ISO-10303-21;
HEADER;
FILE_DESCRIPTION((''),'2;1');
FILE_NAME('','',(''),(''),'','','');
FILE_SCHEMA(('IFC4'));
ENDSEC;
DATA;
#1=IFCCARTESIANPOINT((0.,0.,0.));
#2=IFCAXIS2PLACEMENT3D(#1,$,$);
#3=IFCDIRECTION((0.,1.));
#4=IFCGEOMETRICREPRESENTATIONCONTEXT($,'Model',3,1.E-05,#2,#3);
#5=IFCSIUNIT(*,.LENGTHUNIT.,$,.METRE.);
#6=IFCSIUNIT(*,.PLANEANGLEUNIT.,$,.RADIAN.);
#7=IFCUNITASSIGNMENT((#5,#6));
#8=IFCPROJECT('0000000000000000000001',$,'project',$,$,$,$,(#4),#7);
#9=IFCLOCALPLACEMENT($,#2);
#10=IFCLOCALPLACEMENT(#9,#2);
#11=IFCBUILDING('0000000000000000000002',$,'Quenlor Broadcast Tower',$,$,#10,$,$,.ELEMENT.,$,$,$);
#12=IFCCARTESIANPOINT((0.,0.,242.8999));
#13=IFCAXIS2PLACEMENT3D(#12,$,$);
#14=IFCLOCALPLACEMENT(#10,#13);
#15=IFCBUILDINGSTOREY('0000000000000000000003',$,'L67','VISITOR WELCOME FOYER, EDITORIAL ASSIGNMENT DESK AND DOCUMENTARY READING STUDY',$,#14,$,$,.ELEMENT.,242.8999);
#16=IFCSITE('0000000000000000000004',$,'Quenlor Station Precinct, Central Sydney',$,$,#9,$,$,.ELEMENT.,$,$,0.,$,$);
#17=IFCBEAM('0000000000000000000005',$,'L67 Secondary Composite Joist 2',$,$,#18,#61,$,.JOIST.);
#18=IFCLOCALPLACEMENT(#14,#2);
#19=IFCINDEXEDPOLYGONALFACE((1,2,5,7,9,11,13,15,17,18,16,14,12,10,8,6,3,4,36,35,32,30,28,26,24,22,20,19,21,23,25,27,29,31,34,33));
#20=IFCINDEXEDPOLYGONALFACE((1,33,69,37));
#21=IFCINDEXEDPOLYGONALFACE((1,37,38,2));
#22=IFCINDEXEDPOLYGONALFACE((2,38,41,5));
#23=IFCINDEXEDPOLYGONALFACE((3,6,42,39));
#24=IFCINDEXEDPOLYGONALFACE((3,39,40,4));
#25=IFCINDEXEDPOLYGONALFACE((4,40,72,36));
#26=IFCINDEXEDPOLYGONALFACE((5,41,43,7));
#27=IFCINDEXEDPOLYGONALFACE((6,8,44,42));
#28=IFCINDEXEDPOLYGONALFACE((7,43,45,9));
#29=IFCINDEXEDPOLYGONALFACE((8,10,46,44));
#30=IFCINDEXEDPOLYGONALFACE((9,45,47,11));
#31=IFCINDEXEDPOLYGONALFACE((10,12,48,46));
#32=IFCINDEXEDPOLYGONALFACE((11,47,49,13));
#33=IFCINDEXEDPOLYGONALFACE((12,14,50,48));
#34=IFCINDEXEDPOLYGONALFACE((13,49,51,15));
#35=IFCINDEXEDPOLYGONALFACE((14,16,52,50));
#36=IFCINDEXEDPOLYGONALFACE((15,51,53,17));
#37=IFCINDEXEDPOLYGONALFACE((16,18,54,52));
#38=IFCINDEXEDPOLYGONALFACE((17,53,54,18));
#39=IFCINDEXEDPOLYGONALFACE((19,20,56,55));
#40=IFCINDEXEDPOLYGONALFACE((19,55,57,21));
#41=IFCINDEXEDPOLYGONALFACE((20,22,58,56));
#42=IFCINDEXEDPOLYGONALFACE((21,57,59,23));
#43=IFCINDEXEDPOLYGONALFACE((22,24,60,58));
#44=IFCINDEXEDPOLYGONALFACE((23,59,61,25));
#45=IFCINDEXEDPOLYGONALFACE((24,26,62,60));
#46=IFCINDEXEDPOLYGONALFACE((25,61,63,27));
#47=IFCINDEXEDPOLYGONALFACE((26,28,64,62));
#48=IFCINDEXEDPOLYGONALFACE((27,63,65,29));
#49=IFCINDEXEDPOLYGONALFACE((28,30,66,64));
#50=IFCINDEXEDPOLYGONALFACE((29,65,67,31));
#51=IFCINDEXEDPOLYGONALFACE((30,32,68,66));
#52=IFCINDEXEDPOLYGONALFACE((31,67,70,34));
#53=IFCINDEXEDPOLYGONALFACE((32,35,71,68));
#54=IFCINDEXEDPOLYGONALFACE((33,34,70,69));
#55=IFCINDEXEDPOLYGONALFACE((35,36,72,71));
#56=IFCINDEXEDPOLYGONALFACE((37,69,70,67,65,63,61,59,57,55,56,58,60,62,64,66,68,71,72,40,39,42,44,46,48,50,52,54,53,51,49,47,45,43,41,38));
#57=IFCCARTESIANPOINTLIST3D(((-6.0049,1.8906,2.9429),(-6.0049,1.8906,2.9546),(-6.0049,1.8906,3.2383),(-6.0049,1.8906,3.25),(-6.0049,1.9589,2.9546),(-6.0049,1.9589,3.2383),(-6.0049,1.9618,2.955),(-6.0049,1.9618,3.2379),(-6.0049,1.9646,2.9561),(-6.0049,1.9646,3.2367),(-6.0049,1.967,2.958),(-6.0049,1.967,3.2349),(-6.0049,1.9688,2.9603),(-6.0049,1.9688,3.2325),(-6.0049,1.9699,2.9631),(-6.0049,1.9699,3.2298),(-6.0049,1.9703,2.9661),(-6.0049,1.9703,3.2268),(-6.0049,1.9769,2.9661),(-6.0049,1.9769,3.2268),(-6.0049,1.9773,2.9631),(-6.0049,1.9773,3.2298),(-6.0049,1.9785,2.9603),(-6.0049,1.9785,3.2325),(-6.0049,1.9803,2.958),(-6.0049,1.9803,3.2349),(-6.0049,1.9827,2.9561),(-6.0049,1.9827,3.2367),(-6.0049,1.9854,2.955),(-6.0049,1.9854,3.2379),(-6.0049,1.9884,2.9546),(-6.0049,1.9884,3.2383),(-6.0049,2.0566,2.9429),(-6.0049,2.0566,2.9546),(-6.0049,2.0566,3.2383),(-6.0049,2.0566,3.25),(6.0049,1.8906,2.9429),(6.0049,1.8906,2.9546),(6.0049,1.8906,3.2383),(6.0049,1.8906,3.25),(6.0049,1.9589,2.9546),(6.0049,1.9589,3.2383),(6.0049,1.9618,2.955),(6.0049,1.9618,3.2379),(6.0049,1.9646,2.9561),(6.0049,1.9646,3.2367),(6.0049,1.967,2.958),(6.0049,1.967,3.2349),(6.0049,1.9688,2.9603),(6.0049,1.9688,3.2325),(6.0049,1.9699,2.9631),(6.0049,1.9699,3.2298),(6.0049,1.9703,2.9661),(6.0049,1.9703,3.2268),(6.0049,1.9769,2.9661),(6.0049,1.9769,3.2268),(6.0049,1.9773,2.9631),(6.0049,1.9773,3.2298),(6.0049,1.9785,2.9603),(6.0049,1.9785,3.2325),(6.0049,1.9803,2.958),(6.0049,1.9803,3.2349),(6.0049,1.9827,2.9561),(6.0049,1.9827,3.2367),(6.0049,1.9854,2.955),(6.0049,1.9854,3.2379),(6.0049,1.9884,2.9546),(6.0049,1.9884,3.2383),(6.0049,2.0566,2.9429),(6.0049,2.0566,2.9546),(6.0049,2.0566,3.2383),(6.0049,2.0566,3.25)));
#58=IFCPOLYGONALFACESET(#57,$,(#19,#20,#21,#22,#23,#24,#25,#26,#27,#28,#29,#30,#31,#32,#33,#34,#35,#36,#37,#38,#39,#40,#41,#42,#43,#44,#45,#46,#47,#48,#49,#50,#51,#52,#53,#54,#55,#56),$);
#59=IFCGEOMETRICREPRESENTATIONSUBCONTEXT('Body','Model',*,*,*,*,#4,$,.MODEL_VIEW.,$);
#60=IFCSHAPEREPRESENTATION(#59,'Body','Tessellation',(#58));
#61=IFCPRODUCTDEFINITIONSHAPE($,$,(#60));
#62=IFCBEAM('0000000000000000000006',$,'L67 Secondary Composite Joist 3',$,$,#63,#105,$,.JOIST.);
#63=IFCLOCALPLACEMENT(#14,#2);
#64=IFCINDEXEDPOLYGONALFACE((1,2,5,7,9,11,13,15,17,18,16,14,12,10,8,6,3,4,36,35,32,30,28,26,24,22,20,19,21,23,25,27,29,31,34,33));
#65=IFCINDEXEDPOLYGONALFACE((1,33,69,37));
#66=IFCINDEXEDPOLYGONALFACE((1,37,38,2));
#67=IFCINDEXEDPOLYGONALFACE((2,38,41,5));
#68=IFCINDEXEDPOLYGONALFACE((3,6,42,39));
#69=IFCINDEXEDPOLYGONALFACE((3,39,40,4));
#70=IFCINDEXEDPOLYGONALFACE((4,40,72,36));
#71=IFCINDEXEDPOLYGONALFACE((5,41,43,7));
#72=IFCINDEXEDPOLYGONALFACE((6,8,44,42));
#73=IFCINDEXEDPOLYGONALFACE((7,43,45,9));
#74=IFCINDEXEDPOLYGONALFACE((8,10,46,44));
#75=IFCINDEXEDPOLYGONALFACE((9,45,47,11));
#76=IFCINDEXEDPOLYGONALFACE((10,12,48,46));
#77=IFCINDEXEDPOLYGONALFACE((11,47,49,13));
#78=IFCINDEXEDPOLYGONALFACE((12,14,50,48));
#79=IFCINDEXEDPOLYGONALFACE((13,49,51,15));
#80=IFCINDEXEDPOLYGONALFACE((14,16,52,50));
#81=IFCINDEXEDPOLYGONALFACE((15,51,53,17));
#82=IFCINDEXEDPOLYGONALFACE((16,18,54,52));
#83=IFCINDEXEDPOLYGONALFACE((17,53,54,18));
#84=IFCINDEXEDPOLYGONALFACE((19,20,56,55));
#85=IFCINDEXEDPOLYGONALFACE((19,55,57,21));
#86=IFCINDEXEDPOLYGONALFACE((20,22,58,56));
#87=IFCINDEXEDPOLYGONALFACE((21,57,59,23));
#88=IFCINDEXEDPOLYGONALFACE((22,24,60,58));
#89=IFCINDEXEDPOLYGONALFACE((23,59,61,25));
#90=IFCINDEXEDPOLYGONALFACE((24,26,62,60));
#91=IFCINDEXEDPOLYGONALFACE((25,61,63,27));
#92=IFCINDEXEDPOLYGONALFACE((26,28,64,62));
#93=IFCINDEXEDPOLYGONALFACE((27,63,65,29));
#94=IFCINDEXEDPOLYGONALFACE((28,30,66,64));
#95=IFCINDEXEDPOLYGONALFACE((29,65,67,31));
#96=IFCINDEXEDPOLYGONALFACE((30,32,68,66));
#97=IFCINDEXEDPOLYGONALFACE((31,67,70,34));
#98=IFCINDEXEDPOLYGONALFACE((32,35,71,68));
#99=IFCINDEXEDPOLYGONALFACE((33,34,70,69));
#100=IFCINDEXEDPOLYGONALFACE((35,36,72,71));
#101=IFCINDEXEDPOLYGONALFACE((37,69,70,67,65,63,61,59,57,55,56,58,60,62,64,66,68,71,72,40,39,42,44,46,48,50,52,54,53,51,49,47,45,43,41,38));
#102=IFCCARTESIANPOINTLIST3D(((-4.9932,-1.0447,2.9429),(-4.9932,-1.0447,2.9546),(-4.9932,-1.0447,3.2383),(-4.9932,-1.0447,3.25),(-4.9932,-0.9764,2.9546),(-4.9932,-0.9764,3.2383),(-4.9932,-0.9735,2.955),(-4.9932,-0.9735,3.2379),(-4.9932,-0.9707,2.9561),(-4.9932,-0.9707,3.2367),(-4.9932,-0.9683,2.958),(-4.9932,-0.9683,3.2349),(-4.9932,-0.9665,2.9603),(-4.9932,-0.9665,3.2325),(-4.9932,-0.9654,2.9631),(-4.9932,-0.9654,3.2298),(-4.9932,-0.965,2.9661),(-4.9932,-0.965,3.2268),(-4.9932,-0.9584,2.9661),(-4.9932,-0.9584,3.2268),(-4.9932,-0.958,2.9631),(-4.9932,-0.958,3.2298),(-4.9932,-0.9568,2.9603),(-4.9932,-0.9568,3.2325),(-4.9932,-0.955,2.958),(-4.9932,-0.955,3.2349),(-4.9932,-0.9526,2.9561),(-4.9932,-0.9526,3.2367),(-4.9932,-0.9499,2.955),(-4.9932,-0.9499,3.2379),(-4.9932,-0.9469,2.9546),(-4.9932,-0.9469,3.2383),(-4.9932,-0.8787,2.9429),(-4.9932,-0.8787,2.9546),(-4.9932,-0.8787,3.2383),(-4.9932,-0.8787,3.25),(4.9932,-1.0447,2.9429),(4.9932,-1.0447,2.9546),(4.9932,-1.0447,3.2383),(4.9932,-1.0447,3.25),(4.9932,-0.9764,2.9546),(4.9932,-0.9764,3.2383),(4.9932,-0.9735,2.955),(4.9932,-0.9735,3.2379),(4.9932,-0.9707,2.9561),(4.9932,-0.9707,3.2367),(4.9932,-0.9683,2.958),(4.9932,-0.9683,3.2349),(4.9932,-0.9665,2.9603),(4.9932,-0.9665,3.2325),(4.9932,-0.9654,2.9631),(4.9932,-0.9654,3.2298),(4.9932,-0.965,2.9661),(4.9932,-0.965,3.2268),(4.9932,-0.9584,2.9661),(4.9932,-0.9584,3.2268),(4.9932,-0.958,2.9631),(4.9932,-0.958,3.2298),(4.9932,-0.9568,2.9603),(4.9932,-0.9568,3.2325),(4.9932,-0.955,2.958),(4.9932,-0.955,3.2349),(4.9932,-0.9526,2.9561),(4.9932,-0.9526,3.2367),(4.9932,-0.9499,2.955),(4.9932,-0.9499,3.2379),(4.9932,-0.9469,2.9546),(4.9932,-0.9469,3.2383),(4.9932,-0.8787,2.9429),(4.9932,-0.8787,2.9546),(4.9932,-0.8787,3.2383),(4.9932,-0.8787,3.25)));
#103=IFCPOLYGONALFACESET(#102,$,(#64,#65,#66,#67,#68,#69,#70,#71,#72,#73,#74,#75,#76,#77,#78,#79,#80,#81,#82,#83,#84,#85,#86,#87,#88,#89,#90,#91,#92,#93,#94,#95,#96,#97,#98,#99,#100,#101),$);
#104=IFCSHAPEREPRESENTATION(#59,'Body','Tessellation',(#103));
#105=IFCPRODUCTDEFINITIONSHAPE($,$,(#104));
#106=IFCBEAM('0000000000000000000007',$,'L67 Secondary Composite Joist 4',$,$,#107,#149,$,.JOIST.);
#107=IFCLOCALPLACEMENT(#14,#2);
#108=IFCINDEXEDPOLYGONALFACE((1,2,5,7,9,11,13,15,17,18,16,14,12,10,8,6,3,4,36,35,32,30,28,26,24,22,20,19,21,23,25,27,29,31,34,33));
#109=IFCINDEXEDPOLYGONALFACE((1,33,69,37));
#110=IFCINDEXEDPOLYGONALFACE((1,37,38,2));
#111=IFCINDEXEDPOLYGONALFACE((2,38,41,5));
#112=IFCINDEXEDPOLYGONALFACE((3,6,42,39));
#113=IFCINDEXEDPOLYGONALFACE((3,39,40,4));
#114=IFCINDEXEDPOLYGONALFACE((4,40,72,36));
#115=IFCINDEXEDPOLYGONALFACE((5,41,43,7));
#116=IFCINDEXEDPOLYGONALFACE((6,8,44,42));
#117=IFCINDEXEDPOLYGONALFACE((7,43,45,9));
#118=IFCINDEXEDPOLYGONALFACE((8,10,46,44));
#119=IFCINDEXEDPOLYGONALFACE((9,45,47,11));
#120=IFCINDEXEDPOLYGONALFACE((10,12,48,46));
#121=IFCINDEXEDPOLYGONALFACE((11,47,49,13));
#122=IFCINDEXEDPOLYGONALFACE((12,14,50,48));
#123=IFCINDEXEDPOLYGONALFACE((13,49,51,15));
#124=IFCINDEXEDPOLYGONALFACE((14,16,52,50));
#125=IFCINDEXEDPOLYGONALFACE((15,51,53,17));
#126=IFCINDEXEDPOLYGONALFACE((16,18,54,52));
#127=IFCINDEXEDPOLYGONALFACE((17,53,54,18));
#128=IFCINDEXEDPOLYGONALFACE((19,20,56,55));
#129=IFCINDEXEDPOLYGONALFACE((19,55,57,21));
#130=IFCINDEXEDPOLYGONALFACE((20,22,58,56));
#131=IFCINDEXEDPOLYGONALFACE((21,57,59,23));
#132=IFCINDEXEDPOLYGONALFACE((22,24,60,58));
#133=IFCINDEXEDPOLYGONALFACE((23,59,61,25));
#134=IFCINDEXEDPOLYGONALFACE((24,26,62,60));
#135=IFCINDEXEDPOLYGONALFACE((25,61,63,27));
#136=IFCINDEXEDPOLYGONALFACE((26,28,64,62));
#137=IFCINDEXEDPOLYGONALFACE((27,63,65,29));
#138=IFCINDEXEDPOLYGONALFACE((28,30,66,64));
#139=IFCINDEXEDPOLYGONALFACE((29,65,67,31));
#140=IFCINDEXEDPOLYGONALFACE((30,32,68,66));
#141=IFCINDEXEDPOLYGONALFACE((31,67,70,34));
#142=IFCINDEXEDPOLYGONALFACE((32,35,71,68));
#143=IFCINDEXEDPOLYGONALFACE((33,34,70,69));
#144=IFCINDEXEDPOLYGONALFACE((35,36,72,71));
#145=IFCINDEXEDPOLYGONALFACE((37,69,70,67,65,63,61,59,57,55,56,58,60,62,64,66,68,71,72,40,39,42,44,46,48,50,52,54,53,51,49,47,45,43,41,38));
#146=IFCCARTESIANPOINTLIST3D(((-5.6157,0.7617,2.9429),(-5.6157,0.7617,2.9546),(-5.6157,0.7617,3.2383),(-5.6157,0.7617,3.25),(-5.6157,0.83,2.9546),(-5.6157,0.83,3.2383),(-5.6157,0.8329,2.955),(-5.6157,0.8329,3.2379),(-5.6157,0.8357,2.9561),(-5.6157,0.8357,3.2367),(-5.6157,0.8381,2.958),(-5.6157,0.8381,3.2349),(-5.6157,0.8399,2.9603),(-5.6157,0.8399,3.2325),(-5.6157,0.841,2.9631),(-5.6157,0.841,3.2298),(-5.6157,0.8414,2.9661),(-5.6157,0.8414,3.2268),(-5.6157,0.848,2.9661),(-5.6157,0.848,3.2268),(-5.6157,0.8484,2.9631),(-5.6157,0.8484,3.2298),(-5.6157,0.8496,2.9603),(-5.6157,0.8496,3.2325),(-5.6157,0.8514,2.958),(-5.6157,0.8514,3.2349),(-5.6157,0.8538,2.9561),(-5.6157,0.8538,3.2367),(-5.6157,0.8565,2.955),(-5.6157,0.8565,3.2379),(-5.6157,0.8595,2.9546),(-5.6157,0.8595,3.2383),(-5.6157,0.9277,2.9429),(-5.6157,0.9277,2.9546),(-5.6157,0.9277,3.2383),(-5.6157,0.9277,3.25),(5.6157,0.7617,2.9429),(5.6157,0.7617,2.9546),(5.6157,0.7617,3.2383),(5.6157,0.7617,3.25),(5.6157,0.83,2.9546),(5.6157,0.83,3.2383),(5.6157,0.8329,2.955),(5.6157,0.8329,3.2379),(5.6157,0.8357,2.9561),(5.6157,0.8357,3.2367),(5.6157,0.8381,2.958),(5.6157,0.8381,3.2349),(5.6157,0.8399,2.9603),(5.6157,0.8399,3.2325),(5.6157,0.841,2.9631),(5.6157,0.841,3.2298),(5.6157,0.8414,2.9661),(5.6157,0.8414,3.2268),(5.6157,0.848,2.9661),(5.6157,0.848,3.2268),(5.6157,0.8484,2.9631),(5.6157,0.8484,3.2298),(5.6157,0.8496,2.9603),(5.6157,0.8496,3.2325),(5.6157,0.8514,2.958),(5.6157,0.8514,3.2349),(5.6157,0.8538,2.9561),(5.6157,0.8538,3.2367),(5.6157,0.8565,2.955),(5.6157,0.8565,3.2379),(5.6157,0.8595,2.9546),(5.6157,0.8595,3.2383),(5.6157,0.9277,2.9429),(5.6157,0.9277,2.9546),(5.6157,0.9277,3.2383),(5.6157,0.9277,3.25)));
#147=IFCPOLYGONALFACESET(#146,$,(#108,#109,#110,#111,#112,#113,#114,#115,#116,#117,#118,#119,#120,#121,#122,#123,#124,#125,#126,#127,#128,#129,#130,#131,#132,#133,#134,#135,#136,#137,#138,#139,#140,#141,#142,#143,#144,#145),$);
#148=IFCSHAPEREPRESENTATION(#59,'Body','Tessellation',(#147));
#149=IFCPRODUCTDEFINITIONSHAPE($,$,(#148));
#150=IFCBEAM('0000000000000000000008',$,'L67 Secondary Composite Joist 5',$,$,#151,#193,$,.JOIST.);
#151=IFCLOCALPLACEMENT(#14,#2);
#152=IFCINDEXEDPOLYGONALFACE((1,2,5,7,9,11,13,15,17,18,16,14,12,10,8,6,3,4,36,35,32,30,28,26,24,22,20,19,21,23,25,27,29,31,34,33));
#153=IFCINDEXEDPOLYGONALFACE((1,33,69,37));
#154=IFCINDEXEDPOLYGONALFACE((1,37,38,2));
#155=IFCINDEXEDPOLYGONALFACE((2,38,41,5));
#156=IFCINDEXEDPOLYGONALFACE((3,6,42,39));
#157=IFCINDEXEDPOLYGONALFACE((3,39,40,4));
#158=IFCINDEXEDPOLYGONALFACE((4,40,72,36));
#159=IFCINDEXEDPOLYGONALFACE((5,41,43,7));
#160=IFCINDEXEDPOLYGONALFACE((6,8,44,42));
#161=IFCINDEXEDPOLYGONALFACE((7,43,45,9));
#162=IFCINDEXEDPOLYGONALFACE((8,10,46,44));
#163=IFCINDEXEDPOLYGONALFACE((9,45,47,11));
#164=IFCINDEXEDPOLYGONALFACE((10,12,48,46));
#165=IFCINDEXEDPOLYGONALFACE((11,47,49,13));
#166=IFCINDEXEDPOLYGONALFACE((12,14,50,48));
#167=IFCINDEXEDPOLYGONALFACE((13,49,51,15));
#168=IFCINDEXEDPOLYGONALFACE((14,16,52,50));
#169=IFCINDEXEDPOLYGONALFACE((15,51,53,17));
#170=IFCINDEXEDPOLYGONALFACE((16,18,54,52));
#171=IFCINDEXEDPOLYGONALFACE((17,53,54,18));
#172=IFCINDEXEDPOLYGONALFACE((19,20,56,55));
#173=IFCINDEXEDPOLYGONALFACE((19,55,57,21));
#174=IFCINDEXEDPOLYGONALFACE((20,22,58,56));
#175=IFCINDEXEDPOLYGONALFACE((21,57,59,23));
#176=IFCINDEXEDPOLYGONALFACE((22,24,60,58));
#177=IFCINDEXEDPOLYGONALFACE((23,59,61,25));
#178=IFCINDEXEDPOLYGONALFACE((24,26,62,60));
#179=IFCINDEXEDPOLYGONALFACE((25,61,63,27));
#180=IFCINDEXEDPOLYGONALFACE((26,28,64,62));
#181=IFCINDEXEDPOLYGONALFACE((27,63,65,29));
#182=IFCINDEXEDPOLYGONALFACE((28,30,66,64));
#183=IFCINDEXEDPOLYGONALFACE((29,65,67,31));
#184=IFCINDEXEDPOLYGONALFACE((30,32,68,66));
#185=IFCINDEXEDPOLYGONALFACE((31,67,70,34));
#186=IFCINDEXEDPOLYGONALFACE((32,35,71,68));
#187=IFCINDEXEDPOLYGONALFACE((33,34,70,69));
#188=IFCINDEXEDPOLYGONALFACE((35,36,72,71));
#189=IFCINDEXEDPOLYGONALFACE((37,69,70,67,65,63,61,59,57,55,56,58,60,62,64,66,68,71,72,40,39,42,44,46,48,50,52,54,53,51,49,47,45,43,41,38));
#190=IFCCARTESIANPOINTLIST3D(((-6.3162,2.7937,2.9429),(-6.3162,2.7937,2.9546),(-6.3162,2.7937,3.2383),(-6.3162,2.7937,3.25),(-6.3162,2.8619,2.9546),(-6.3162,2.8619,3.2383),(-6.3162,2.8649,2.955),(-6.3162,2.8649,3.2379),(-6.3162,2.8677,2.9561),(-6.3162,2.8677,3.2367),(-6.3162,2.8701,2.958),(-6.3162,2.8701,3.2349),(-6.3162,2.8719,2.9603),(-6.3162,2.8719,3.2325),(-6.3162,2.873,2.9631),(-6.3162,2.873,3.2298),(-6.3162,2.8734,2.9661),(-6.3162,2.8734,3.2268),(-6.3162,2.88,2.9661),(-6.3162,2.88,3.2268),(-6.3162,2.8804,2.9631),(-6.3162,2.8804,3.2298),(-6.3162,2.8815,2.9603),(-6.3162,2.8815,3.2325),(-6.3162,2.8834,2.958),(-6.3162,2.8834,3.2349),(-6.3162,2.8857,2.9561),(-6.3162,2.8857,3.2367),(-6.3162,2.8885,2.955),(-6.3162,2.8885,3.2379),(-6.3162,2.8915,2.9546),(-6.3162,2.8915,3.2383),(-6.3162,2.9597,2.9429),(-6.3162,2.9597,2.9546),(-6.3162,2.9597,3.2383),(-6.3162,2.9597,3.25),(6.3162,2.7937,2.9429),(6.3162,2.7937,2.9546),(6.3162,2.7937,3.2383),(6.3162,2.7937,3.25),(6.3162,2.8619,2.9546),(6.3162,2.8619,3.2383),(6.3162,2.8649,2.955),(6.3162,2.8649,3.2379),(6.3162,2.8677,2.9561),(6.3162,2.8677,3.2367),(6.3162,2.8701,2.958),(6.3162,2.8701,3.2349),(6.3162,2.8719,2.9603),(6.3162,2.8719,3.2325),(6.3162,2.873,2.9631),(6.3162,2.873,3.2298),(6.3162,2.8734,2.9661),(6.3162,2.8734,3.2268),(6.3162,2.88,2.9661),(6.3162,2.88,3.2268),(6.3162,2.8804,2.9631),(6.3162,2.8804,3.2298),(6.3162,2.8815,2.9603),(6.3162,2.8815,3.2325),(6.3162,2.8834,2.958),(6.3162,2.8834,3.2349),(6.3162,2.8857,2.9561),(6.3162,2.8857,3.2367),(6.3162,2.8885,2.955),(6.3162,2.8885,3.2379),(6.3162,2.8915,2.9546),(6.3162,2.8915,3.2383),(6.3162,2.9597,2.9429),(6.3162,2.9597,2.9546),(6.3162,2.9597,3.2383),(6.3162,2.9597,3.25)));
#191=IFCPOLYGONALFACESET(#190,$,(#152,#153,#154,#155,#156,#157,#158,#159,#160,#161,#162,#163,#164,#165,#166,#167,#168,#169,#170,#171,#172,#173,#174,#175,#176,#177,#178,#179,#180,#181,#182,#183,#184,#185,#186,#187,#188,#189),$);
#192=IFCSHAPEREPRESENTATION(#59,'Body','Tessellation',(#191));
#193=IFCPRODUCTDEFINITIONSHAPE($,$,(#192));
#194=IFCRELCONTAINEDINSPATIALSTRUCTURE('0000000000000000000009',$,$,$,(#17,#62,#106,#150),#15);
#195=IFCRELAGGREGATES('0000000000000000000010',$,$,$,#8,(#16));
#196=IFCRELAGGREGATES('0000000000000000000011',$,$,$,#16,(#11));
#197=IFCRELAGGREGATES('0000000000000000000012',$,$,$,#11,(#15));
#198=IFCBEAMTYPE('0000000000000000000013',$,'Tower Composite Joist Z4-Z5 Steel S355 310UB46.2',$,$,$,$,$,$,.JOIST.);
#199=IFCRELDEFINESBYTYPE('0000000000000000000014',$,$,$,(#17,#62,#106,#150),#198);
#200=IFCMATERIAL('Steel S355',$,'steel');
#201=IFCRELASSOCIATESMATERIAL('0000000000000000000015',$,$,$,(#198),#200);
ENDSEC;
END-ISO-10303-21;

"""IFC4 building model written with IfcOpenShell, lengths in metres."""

from ifc_helpers import new_model, si_unit, direction, frame, origin, origin_2d, place, context, subcontext, project, spatial, i_section, extrude, material, material_profile, profile_set, type_object, element, save


model = new_model("IFC4")

# Units and contexts
model_context = context("Model", 3, precision=1e-05, world=origin(), true_north=direction((0.0, 1.0)))
body_context = subcontext(model_context, "Body", "Model", "MODEL_VIEW")
ifc_project = project(units=[si_unit("LENGTHUNIT", "METRE"), si_unit("PLANEANGLEUNIT", "RADIAN")], contexts=[model_context])

# Site, building, storey
site_placement = place(None, origin())
site = spatial("IfcSite", under=ifc_project, at=site_placement, Name="Quenlor Station Precinct, Central Sydney", CompositionType="ELEMENT", RefElevation=0.0)
building_placement = place(site_placement, origin())
building = spatial("IfcBuilding", under=site, at=building_placement, Name="Quenlor Broadcast Tower", CompositionType="ELEMENT")
storey_placement = place(building_placement, frame((0.0, 0.0, 242.8999)))
storey = spatial("IfcBuildingStorey", under=building, at=storey_placement, Name="L67", Description="VISITOR WELCOME FOYER, EDITORIAL ASSIGNMENT DESK AND DOCUMENTARY READING STUDY", CompositionType="ELEMENT", Elevation=242.8999)

# Beams
ifc_material_1 = material(Name="Steel S355", Category="steel")
ifc_material_profile = material_profile(ifc_material_1, i_section(OverallWidth=0.166, OverallDepth=0.3071, WebThickness=0.0066, FlangeThickness=0.0117, FilletRadius=0.0115, at=origin_2d()))
ifc_profile_set = profile_set([ifc_material_profile], Name="Steel S355 310UB46.2")
beam_type = type_object("IfcBeamType", Name="Tower Composite Joist Z4-Z5 Steel S355 310UB46.2", PredefinedType="JOIST", material=ifc_profile_set)
beam_1_placement = place(storey_placement, frame((-6.0049, 1.9736, 3.0964), z_axis=(1.0, 0.0, 0.0), x_axis=(0.0, 1.0, 0.0)))
element("IfcBeam", 1, at=beam_1_placement, inside=storey, type_object=beam_type, Name="L67 Secondary Composite Joist 2", PredefinedType="JOIST", context=body_context, shape_type="SweptSolid", body=[
    extrude(i_section(OverallWidth=0.166, OverallDepth=0.3071, WebThickness=0.0066, FlangeThickness=0.0117, FilletRadius=0.0115, at=origin_2d()), origin(), (0.0, 0.0, 1.0), 12.0098),
])
beam_2_placement = place(storey_placement, frame((-4.9932, -0.9617, 3.0964), z_axis=(1.0, 0.0, 0.0), x_axis=(0.0, 1.0, 0.0)))
element("IfcBeam", 2, at=beam_2_placement, inside=storey, type_object=beam_type, Name="L67 Secondary Composite Joist 3", PredefinedType="JOIST", context=body_context, shape_type="SweptSolid", body=[
    extrude(i_section(OverallWidth=0.166, OverallDepth=0.3071, WebThickness=0.0066, FlangeThickness=0.0117, FilletRadius=0.0115, at=origin_2d()), origin(), (0.0, 0.0, 1.0), 9.9863),
])
beam_3_placement = place(storey_placement, frame((-5.6157, 0.8447, 3.0964), z_axis=(1.0, 0.0, 0.0), x_axis=(0.0, 1.0, 0.0)))
element("IfcBeam", 3, at=beam_3_placement, inside=storey, type_object=beam_type, Name="L67 Secondary Composite Joist 4", PredefinedType="JOIST", context=body_context, shape_type="SweptSolid", body=[
    extrude(i_section(OverallWidth=0.166, OverallDepth=0.3071, WebThickness=0.0066, FlangeThickness=0.0117, FilletRadius=0.0115, at=origin_2d()), origin(), (0.0, 0.0, 1.0), 11.2314),
])
beam_4_placement = place(storey_placement, frame((-6.3162, 2.8767, 3.0964), z_axis=(1.0, 0.0, 0.0), x_axis=(0.0, 1.0, 0.0)))
element("IfcBeam", 4, at=beam_4_placement, inside=storey, type_object=beam_type, Name="L67 Secondary Composite Joist 5", PredefinedType="JOIST", context=body_context, shape_type="SweptSolid", body=[
    extrude(i_section(OverallWidth=0.166, OverallDepth=0.3071, WebThickness=0.0066, FlangeThickness=0.0117, FilletRadius=0.0115, at=origin_2d()), origin(), (0.0, 0.0, 1.0), 12.6323),
])

save(model, "model.ifc")
